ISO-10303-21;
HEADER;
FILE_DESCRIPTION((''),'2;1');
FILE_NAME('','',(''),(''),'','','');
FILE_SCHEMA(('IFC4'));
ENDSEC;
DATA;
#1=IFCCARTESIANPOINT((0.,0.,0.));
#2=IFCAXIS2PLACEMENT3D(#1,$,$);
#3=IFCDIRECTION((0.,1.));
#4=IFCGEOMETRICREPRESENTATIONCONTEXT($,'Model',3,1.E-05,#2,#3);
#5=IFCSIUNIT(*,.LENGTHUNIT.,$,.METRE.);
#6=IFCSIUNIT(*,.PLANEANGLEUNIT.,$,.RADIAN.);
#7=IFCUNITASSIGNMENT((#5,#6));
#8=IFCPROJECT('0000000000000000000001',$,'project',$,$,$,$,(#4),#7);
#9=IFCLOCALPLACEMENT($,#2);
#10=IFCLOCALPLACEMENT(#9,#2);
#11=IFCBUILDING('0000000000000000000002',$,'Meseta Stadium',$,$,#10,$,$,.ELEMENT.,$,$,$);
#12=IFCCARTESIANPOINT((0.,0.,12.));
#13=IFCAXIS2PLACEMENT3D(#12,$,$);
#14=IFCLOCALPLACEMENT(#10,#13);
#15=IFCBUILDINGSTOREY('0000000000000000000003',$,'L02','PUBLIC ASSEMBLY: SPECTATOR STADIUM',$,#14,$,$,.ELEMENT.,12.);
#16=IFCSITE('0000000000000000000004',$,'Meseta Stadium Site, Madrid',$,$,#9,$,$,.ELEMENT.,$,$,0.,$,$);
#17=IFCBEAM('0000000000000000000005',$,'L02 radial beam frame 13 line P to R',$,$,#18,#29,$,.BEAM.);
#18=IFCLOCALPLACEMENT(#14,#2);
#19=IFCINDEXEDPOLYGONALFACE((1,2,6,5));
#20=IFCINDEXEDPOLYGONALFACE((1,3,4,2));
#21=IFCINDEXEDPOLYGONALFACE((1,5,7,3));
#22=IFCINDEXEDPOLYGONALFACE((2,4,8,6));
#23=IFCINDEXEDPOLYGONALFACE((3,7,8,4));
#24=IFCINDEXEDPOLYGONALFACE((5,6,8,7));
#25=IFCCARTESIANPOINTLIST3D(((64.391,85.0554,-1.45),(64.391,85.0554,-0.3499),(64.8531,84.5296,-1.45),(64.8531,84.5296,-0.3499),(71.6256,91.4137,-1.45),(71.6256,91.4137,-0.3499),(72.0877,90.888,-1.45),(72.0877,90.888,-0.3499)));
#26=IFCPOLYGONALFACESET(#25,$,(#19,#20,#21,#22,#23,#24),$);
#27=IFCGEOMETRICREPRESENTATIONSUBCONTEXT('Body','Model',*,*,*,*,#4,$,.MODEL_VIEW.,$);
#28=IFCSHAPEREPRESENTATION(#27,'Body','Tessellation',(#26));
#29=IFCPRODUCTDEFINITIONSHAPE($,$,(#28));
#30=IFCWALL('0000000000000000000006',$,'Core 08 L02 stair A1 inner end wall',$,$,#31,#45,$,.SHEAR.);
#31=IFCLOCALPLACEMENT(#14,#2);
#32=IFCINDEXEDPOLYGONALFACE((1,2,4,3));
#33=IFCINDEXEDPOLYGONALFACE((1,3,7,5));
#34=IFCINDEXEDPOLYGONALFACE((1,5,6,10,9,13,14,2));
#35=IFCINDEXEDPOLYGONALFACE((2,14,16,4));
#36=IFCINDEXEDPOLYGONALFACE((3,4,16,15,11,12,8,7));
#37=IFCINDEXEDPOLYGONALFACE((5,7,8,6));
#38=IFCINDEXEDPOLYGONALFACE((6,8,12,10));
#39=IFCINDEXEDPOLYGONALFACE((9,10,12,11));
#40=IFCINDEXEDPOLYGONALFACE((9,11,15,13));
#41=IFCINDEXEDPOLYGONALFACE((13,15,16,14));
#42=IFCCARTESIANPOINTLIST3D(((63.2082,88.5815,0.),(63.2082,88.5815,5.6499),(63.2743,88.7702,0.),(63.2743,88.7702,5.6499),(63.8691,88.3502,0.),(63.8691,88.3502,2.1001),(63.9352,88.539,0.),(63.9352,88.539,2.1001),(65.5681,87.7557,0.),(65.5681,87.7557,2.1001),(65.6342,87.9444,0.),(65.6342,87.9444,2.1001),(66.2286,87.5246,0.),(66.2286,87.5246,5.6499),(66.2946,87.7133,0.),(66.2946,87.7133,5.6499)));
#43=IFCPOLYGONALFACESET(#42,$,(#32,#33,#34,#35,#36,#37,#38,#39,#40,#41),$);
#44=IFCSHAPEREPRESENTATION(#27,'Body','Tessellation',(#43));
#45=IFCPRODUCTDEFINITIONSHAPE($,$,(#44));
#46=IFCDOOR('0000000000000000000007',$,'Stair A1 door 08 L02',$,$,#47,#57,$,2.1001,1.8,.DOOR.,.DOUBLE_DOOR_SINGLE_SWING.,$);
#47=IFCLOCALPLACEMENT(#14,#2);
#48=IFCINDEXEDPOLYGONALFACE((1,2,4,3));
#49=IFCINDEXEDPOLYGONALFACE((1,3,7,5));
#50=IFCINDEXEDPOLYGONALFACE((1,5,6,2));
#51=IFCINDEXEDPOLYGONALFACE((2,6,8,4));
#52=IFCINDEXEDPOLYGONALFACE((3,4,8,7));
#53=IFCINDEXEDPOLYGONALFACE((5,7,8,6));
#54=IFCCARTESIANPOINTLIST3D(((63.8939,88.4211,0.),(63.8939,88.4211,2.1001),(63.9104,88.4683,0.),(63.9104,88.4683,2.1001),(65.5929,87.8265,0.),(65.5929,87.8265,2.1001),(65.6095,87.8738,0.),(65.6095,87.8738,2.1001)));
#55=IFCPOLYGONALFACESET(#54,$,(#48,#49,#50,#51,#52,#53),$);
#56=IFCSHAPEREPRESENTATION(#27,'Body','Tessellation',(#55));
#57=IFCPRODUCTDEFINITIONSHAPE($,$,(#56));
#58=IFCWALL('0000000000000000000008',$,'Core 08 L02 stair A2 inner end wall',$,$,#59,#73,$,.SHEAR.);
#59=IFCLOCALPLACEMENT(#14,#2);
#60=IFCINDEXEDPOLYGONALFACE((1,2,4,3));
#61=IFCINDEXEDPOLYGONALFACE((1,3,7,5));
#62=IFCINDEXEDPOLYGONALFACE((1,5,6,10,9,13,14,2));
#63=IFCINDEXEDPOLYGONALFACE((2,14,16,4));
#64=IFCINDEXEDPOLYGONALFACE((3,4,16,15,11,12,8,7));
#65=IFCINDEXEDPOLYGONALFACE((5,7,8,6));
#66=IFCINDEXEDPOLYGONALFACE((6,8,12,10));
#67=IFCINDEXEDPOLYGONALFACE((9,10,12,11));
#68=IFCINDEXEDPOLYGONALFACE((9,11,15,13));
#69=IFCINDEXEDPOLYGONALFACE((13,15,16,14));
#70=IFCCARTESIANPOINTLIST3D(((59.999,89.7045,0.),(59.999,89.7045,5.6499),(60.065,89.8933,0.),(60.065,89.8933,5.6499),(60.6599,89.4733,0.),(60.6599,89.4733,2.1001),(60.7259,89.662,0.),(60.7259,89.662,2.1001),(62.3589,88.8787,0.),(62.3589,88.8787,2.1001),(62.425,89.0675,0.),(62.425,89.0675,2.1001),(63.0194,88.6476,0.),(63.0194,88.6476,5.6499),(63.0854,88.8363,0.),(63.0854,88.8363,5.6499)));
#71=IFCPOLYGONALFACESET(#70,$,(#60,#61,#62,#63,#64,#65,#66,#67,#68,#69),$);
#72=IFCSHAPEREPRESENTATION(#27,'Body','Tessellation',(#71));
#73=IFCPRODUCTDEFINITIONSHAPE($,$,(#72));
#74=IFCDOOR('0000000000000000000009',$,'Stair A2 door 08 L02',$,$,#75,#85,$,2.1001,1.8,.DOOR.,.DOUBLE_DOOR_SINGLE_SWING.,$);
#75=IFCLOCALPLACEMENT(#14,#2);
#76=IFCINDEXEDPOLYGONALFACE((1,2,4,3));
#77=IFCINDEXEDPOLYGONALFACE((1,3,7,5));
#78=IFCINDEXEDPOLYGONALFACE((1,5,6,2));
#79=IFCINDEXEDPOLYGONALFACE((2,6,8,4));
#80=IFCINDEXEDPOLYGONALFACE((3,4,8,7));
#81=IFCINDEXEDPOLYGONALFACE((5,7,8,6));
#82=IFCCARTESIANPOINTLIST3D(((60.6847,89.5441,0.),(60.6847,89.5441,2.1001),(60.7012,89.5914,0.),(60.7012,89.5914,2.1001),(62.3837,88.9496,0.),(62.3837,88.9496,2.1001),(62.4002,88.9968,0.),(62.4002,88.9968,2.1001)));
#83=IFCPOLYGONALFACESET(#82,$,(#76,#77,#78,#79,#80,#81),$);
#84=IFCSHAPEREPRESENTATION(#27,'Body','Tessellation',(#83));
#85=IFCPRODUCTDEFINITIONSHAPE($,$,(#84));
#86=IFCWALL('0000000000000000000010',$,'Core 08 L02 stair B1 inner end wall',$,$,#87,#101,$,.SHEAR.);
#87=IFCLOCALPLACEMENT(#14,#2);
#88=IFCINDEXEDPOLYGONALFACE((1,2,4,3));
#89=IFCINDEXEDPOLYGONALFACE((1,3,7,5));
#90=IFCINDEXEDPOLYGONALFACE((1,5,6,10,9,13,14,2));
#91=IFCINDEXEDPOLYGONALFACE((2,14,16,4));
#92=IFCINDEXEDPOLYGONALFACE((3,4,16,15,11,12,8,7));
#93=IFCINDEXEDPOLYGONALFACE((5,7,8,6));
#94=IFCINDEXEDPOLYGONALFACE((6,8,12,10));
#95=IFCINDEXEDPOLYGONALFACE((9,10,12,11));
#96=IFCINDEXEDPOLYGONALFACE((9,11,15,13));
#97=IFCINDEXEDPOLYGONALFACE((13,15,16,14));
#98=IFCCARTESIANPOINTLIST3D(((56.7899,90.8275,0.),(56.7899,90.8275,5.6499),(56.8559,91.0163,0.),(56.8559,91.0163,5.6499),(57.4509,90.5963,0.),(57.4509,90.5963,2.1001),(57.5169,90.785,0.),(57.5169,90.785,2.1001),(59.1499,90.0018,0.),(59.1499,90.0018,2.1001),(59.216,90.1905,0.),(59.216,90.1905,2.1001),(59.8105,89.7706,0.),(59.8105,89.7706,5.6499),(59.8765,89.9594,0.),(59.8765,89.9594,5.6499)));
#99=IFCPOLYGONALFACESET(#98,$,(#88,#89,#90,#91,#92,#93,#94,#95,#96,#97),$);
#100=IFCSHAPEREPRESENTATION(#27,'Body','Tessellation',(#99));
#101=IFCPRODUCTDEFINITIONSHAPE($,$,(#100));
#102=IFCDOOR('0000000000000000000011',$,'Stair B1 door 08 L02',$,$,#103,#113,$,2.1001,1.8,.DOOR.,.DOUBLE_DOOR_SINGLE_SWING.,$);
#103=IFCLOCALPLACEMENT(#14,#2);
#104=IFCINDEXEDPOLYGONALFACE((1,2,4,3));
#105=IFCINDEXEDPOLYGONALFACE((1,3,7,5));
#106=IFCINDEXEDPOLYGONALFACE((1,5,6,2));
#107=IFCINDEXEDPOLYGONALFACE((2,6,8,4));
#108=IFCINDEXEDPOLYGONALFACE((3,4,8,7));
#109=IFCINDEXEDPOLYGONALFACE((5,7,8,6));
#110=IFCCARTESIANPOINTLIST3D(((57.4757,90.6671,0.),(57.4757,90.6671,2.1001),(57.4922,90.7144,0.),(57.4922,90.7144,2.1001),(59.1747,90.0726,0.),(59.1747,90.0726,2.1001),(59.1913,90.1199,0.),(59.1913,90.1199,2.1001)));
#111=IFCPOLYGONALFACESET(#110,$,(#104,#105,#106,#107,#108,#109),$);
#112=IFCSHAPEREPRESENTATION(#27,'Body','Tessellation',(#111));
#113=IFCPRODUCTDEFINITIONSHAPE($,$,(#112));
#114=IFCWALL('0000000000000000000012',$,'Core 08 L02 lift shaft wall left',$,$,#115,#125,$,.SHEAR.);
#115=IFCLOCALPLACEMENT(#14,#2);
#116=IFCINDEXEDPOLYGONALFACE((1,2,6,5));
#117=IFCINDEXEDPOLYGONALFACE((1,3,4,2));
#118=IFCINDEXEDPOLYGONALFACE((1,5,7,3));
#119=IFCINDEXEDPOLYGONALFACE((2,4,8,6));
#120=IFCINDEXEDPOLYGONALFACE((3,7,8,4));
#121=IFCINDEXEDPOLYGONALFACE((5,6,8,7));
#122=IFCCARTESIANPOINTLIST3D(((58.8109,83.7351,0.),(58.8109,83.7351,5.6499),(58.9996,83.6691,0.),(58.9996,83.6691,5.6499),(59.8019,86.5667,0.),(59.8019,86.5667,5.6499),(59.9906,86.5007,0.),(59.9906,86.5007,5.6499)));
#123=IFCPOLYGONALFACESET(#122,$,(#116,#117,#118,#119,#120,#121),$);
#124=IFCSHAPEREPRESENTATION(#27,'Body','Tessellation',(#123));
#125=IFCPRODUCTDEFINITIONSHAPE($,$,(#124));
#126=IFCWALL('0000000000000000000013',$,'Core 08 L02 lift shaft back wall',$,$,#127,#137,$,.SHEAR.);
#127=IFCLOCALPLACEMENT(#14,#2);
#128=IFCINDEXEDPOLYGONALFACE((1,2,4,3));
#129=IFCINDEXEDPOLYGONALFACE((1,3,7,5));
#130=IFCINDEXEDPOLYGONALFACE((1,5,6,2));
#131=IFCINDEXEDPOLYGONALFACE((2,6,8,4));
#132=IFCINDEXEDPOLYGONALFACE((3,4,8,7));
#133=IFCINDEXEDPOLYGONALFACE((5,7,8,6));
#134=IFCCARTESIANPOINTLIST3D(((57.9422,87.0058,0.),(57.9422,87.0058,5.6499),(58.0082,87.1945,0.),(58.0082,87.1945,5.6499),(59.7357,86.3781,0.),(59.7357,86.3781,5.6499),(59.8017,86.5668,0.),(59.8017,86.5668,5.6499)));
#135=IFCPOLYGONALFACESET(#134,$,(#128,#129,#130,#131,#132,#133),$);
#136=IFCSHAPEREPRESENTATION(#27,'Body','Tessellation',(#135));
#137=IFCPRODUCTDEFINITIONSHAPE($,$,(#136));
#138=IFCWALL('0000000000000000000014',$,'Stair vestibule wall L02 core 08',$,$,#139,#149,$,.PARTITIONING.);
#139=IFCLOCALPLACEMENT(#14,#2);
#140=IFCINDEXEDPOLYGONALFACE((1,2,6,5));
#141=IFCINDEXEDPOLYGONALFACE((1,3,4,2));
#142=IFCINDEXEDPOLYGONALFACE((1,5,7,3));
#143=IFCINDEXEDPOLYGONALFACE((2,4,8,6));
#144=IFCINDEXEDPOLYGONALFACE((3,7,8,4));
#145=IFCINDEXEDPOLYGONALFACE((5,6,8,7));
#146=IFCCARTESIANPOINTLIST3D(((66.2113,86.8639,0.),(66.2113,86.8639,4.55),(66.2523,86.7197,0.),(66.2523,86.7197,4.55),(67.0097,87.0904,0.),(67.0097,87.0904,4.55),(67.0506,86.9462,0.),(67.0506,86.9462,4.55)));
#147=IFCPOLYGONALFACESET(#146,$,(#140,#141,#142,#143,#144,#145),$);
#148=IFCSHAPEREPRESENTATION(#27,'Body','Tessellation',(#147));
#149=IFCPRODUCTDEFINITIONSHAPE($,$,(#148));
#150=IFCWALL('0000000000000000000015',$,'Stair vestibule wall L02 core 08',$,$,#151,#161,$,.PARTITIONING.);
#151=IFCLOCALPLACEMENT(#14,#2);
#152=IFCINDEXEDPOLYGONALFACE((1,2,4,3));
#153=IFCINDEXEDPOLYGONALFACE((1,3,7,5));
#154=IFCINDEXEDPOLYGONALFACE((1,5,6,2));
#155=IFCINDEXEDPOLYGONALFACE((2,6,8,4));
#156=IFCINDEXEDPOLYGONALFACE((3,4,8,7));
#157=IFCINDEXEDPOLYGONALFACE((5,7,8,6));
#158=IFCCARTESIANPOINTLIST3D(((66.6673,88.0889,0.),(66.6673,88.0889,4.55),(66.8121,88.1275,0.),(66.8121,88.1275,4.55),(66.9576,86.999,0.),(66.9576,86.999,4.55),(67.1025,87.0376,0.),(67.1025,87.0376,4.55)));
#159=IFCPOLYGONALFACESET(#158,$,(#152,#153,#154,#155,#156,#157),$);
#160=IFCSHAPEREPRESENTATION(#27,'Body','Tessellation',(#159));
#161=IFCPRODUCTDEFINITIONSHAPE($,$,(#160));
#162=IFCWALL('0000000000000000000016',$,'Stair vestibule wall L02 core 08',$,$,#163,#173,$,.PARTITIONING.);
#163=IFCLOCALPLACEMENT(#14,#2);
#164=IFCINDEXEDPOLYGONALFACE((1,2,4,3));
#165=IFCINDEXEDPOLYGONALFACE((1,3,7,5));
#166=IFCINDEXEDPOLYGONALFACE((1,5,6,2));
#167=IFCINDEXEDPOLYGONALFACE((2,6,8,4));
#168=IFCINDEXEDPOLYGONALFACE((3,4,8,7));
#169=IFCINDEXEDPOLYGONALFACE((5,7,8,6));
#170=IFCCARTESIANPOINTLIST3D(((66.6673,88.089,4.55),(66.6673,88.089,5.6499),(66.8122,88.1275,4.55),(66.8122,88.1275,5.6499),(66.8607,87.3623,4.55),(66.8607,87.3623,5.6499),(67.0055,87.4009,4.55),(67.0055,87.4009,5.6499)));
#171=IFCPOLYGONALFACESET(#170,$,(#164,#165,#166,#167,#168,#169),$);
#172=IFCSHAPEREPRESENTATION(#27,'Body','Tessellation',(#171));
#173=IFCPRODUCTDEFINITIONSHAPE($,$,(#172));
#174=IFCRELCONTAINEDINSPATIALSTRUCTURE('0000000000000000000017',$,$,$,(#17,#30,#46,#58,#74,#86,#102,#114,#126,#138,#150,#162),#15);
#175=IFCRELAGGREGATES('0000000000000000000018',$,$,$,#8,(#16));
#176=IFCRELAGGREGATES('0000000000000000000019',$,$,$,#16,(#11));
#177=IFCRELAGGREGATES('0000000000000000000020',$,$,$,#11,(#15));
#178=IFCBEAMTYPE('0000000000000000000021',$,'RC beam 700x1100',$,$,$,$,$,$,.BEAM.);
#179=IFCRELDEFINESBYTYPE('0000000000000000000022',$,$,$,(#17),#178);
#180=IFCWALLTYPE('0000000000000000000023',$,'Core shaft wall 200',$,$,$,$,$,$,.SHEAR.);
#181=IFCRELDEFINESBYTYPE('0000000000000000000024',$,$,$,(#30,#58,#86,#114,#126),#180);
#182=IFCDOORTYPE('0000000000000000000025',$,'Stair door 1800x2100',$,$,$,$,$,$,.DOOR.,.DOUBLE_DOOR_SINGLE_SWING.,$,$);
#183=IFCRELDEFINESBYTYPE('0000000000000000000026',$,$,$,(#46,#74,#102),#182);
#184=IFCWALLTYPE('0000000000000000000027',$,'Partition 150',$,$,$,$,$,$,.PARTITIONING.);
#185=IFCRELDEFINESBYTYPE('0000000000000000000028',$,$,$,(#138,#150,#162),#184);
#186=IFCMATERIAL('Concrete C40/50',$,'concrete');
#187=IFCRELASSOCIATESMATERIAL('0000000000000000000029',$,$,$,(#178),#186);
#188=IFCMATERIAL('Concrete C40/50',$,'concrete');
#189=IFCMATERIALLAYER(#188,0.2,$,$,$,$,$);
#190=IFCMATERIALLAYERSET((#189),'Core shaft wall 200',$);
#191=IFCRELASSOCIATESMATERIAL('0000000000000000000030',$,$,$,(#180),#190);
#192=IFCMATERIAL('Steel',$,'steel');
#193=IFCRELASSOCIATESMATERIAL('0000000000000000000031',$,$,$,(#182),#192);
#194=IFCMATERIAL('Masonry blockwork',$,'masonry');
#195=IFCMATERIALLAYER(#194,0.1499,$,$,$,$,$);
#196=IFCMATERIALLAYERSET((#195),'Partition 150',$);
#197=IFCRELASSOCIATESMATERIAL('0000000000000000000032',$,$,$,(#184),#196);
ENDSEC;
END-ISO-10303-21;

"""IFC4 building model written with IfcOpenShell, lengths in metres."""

from ifc_helpers import new_model, si_unit, direction, frame, frame_2d, origin, origin_2d, place, context, subcontext, project, spatial, rectangle, extrude, material, layer, layer_set, material_profile, profile_set, type_object, element, fill, save


model = new_model("IFC4")

# Units and contexts
model_context = context("Model", 3, precision=1e-05, world=origin(), true_north=direction((0.0, 1.0)))
body_context = subcontext(model_context, "Body", "Model", "MODEL_VIEW")
ifc_project = project(units=[si_unit("LENGTHUNIT", "METRE"), si_unit("PLANEANGLEUNIT", "RADIAN")], contexts=[model_context])

# Site, building, storey
site_placement = place(None, origin())
site = spatial("IfcSite", under=ifc_project, at=site_placement, Name="Meseta Stadium Site, Madrid", CompositionType="ELEMENT", RefElevation=0.0)
building_placement = place(site_placement, origin())
building = spatial("IfcBuilding", under=site, at=building_placement, Name="Meseta Stadium", CompositionType="ELEMENT")
storey_placement = place(building_placement, frame((0.0, 0.0, 12.0)))
storey = spatial("IfcBuildingStorey", under=building, at=storey_placement, Name="L02", Description="PUBLIC ASSEMBLY: SPECTATOR STADIUM", CompositionType="ELEMENT", Elevation=12.0)

# Beam
ifc_material_1 = material(Name="Concrete C40/50", Category="concrete")
ifc_material_profile = material_profile(ifc_material_1, rectangle(XDim=0.7, YDim=1.1001, at=origin_2d()), Name="RC 700x1100")
ifc_profile_set = profile_set([ifc_material_profile], Name="Concrete C40/50")
beam_type = type_object("IfcBeamType", Name="RC beam 700x1100", PredefinedType="BEAM", material=ifc_profile_set)
beam_placement = place(storey_placement, frame((64.6221, 84.7925, -0.8999), z_axis=(0.751129, 0.660156, 0.0), x_axis=(-0.660156, 0.751129, 0.0)))
element("IfcBeam", 1, at=beam_placement, inside=storey, type_object=beam_type, Name="L02 radial beam frame 13 line P to R", PredefinedType="BEAM", context=body_context, shape_type="SweptSolid", body=[
    extrude(rectangle(XDim=0.7, YDim=1.1001, at=origin_2d()), origin(), (0.0, 0.0, 1.0), 9.6316),
])

# Walls, openings, doors
ifc_material_2 = material(Name="Concrete C40/50", Category="concrete")
ifc_layer_1 = layer(ifc_material_2, 0.2)
ifc_layer_set_1 = layer_set([ifc_layer_1], Name="Core shaft wall 200")
wall_type_1 = type_object("IfcWallType", Name="Core shaft wall 200", PredefinedType="SHEAR", material=ifc_layer_set_1)
wall_1_placement = place(storey_placement, frame((66.2617, 87.6189, 0.0), z_axis=(0.0, 0.0, 1.0), x_axis=(-0.943879, 0.330293, 0.0)))
wall_1 = element("IfcWall", 2, at=wall_1_placement, inside=storey, type_object=wall_type_1, Name="Core 08 L02 stair A1 inner end wall", PredefinedType="SHEAR", context=body_context, shape_type="SweptSolid", body=[
    extrude(rectangle(XDim=3.2, YDim=0.2, at=frame_2d((1.6001, 0.0))), origin(), (0.0, 0.0, 1.0), 5.6499),
])
opening_1_placement = place(wall_1_placement, frame((0.7, 0.0, 0.0)))
opening_1 = element("IfcOpeningElement", 3, at=opening_1_placement, cuts=wall_1, PredefinedType="OPENING", context=body_context, shape_type="SweptSolid", body=[
    extrude(rectangle(XDim=1.8, YDim=2.1001, at=frame_2d((0.8999, 1.05))), frame((0.0, 0.1099, 0.0), z_axis=(0.0, -1.0, 0.0), x_axis=(1.0, 0.0, 0.0)), (0.0, 0.0, 1.0), 0.22),
])
ifc_material_3 = material(Name="Steel", Category="steel")
door_type = type_object("IfcDoorType", Name="Stair door 1800x2100", OperationType="DOUBLE_DOOR_SINGLE_SWING", PredefinedType="DOOR", material=ifc_material_3)
door_1_placement = place(opening_1_placement, origin())
door_1 = element("IfcDoor", 4, at=door_1_placement, inside=storey, type_object=door_type, Name="Stair A1 door 08 L02", OperationType="DOUBLE_DOOR_SINGLE_SWING", OverallHeight=2.1001, OverallWidth=1.8, PredefinedType="DOOR", context=body_context, shape_type="SweptSolid", body=[
    extrude(rectangle(XDim=1.8, YDim=2.1001, at=frame_2d((0.8999, 1.05))), frame((0.0, 0.0249, 0.0), z_axis=(0.0, -1.0, 0.0), x_axis=(1.0, 0.0, 0.0)), (0.0, 0.0, 1.0), 0.05),
])
fill(opening_1, door_1)
wall_2_placement = place(storey_placement, frame((63.0525, 88.7419, 0.0), z_axis=(0.0, 0.0, 1.0), x_axis=(-0.943879, 0.330293, 0.0)))
wall_2 = element("IfcWall", 5, at=wall_2_placement, inside=storey, type_object=wall_type_1, Name="Core 08 L02 stair A2 inner end wall", PredefinedType="SHEAR", context=body_context, shape_type="SweptSolid", body=[
    extrude(rectangle(XDim=3.2, YDim=0.2, at=frame_2d((1.6001, 0.0))), origin(), (0.0, 0.0, 1.0), 5.6499),
])
opening_2_placement = place(wall_2_placement, frame((0.7, 0.0, 0.0)))
opening_2 = element("IfcOpeningElement", 6, at=opening_2_placement, cuts=wall_2, PredefinedType="OPENING", context=body_context, shape_type="SweptSolid", body=[
    extrude(rectangle(XDim=1.8, YDim=2.1001, at=frame_2d((0.8999, 1.05))), frame((0.0, 0.1099, 0.0), z_axis=(0.0, -1.0, 0.0), x_axis=(1.0, 0.0, 0.0)), (0.0, 0.0, 1.0), 0.22),
])
door_2_placement = place(opening_2_placement, origin())
door_2 = element("IfcDoor", 7, at=door_2_placement, inside=storey, type_object=door_type, Name="Stair A2 door 08 L02", OperationType="DOUBLE_DOOR_SINGLE_SWING", OverallHeight=2.1001, OverallWidth=1.8, PredefinedType="DOOR", context=body_context, shape_type="SweptSolid", body=[
    extrude(rectangle(XDim=1.8, YDim=2.1001, at=frame_2d((0.8999, 1.05))), frame((0.0, 0.0249, 0.0), z_axis=(0.0, -1.0, 0.0), x_axis=(1.0, 0.0, 0.0)), (0.0, 0.0, 1.0), 0.05),
])
fill(opening_2, door_2)
wall_3_placement = place(storey_placement, frame((59.8435, 89.865, 0.0), z_axis=(0.0, 0.0, 1.0), x_axis=(-0.943887, 0.330269, 0.0)))
wall_3 = element("IfcWall", 8, at=wall_3_placement, inside=storey, type_object=wall_type_1, Name="Core 08 L02 stair B1 inner end wall", PredefinedType="SHEAR", context=body_context, shape_type="SweptSolid", body=[
    extrude(rectangle(XDim=3.2002, YDim=0.2, at=frame_2d((1.6001, 0.0))), origin(), (0.0, 0.0, 1.0), 5.6499),
])
opening_3_placement = place(wall_3_placement, frame((0.7, 0.0, 0.0)))
opening_3 = element("IfcOpeningElement", 9, at=opening_3_placement, cuts=wall_3, PredefinedType="OPENING", context=body_context, shape_type="SweptSolid", body=[
    extrude(rectangle(XDim=1.8, YDim=2.1001, at=frame_2d((0.8999, 1.05))), frame((0.0, 0.1099, 0.0), z_axis=(0.0, -1.0, 0.0), x_axis=(1.0, 0.0, 0.0)), (0.0, 0.0, 1.0), 0.22),
])
door_3_placement = place(opening_3_placement, origin())
door_3 = element("IfcDoor", 10, at=door_3_placement, inside=storey, type_object=door_type, Name="Stair B1 door 08 L02", OperationType="DOUBLE_DOOR_SINGLE_SWING", OverallHeight=2.1001, OverallWidth=1.8, PredefinedType="DOOR", context=body_context, shape_type="SweptSolid", body=[
    extrude(rectangle(XDim=1.8, YDim=2.1001, at=frame_2d((0.8999, 1.05))), frame((0.0, 0.0249, 0.0), z_axis=(0.0, -1.0, 0.0), x_axis=(1.0, 0.0, 0.0)), (0.0, 0.0, 1.0), 0.05),
])
fill(opening_3, door_3)

# Walls
wall_4_placement = place(storey_placement, frame((59.8962, 86.5337, 0.0), z_axis=(0.0, 0.0, 1.0), x_axis=(-0.330329, -0.943866, 0.0)))
element("IfcWall", 11, at=wall_4_placement, inside=storey, type_object=wall_type_1, Name="Core 08 L02 lift shaft wall left", PredefinedType="SHEAR", context=body_context, shape_type="SweptSolid", body=[
    extrude(rectangle(XDim=3.0, YDim=0.2, at=frame_2d((1.5, 0.0))), origin(), (0.0, 0.0, 1.0), 5.6499),
])
wall_5_placement = place(storey_placement, frame((59.7688, 86.4724, 0.0), z_axis=(0.0, 0.0, 1.0), x_axis=(-0.943862, 0.330339, 0.0)))
element("IfcWall", 12, at=wall_5_placement, inside=storey, type_object=wall_type_1, Name="Core 08 L02 lift shaft back wall", PredefinedType="SHEAR", context=body_context, shape_type="SweptSolid", body=[
    extrude(rectangle(XDim=1.9001, YDim=0.2, at=frame_2d((0.9502, 0.0))), origin(), (0.0, 0.0, 1.0), 5.6499),
])
ifc_material_4 = material(Name="Masonry blockwork", Category="masonry")
ifc_layer_2 = layer(ifc_material_4, 0.1499)
ifc_layer_set_2 = layer_set([ifc_layer_2], Name="Partition 150")
wall_type_2 = type_object("IfcWallType", Name="Partition 150", PredefinedType="PARTITIONING", material=ifc_layer_set_2)
wall_6_placement = place(storey_placement, frame((66.2317, 86.7917, 0.0), z_axis=(0.0, 0.0, 1.0), x_axis=(0.962011, 0.273011, 0.0)))
element("IfcWall", 13, at=wall_6_placement, inside=storey, type_object=wall_type_2, Name="Stair vestibule wall L02 core 08", PredefinedType="PARTITIONING", context=body_context, shape_type="SweptSolid", body=[
    extrude(rectangle(XDim=0.8298, YDim=0.1499, at=frame_2d((0.415, 0.0))), origin(), (0.0, 0.0, 1.0), 4.55),
])
wall_7_placement = place(storey_placement, frame((67.03, 87.0183, 0.0), z_axis=(0.0, 0.0, 1.0), x_axis=(-0.25738, 0.96631, 0.0)))
element("IfcWall", 14, at=wall_7_placement, inside=storey, type_object=wall_type_2, Name="Stair vestibule wall L02 core 08", PredefinedType="PARTITIONING", context=body_context, shape_type="SweptSolid", body=[
    extrude(rectangle(XDim=1.1279, YDim=0.1499, at=frame_2d((0.564, 0.0))), origin(), (0.0, 0.0, 1.0), 4.55),
])
wall_8_placement = place(storey_placement, frame((66.9331, 87.3816, 4.55), z_axis=(0.0, 0.0, 1.0), x_axis=(-0.257178, 0.966364, 0.0)))
element("IfcWall", 15, at=wall_8_placement, inside=storey, type_object=wall_type_2, Name="Stair vestibule wall L02 core 08", PredefinedType="PARTITIONING", context=body_context, shape_type="SweptSolid", body=[
    extrude(rectangle(XDim=0.752, YDim=0.1499, at=frame_2d((0.376, 0.0))), origin(), (0.0, 0.0, 1.0), 1.0999),
])

save(model, "model.ifc")
